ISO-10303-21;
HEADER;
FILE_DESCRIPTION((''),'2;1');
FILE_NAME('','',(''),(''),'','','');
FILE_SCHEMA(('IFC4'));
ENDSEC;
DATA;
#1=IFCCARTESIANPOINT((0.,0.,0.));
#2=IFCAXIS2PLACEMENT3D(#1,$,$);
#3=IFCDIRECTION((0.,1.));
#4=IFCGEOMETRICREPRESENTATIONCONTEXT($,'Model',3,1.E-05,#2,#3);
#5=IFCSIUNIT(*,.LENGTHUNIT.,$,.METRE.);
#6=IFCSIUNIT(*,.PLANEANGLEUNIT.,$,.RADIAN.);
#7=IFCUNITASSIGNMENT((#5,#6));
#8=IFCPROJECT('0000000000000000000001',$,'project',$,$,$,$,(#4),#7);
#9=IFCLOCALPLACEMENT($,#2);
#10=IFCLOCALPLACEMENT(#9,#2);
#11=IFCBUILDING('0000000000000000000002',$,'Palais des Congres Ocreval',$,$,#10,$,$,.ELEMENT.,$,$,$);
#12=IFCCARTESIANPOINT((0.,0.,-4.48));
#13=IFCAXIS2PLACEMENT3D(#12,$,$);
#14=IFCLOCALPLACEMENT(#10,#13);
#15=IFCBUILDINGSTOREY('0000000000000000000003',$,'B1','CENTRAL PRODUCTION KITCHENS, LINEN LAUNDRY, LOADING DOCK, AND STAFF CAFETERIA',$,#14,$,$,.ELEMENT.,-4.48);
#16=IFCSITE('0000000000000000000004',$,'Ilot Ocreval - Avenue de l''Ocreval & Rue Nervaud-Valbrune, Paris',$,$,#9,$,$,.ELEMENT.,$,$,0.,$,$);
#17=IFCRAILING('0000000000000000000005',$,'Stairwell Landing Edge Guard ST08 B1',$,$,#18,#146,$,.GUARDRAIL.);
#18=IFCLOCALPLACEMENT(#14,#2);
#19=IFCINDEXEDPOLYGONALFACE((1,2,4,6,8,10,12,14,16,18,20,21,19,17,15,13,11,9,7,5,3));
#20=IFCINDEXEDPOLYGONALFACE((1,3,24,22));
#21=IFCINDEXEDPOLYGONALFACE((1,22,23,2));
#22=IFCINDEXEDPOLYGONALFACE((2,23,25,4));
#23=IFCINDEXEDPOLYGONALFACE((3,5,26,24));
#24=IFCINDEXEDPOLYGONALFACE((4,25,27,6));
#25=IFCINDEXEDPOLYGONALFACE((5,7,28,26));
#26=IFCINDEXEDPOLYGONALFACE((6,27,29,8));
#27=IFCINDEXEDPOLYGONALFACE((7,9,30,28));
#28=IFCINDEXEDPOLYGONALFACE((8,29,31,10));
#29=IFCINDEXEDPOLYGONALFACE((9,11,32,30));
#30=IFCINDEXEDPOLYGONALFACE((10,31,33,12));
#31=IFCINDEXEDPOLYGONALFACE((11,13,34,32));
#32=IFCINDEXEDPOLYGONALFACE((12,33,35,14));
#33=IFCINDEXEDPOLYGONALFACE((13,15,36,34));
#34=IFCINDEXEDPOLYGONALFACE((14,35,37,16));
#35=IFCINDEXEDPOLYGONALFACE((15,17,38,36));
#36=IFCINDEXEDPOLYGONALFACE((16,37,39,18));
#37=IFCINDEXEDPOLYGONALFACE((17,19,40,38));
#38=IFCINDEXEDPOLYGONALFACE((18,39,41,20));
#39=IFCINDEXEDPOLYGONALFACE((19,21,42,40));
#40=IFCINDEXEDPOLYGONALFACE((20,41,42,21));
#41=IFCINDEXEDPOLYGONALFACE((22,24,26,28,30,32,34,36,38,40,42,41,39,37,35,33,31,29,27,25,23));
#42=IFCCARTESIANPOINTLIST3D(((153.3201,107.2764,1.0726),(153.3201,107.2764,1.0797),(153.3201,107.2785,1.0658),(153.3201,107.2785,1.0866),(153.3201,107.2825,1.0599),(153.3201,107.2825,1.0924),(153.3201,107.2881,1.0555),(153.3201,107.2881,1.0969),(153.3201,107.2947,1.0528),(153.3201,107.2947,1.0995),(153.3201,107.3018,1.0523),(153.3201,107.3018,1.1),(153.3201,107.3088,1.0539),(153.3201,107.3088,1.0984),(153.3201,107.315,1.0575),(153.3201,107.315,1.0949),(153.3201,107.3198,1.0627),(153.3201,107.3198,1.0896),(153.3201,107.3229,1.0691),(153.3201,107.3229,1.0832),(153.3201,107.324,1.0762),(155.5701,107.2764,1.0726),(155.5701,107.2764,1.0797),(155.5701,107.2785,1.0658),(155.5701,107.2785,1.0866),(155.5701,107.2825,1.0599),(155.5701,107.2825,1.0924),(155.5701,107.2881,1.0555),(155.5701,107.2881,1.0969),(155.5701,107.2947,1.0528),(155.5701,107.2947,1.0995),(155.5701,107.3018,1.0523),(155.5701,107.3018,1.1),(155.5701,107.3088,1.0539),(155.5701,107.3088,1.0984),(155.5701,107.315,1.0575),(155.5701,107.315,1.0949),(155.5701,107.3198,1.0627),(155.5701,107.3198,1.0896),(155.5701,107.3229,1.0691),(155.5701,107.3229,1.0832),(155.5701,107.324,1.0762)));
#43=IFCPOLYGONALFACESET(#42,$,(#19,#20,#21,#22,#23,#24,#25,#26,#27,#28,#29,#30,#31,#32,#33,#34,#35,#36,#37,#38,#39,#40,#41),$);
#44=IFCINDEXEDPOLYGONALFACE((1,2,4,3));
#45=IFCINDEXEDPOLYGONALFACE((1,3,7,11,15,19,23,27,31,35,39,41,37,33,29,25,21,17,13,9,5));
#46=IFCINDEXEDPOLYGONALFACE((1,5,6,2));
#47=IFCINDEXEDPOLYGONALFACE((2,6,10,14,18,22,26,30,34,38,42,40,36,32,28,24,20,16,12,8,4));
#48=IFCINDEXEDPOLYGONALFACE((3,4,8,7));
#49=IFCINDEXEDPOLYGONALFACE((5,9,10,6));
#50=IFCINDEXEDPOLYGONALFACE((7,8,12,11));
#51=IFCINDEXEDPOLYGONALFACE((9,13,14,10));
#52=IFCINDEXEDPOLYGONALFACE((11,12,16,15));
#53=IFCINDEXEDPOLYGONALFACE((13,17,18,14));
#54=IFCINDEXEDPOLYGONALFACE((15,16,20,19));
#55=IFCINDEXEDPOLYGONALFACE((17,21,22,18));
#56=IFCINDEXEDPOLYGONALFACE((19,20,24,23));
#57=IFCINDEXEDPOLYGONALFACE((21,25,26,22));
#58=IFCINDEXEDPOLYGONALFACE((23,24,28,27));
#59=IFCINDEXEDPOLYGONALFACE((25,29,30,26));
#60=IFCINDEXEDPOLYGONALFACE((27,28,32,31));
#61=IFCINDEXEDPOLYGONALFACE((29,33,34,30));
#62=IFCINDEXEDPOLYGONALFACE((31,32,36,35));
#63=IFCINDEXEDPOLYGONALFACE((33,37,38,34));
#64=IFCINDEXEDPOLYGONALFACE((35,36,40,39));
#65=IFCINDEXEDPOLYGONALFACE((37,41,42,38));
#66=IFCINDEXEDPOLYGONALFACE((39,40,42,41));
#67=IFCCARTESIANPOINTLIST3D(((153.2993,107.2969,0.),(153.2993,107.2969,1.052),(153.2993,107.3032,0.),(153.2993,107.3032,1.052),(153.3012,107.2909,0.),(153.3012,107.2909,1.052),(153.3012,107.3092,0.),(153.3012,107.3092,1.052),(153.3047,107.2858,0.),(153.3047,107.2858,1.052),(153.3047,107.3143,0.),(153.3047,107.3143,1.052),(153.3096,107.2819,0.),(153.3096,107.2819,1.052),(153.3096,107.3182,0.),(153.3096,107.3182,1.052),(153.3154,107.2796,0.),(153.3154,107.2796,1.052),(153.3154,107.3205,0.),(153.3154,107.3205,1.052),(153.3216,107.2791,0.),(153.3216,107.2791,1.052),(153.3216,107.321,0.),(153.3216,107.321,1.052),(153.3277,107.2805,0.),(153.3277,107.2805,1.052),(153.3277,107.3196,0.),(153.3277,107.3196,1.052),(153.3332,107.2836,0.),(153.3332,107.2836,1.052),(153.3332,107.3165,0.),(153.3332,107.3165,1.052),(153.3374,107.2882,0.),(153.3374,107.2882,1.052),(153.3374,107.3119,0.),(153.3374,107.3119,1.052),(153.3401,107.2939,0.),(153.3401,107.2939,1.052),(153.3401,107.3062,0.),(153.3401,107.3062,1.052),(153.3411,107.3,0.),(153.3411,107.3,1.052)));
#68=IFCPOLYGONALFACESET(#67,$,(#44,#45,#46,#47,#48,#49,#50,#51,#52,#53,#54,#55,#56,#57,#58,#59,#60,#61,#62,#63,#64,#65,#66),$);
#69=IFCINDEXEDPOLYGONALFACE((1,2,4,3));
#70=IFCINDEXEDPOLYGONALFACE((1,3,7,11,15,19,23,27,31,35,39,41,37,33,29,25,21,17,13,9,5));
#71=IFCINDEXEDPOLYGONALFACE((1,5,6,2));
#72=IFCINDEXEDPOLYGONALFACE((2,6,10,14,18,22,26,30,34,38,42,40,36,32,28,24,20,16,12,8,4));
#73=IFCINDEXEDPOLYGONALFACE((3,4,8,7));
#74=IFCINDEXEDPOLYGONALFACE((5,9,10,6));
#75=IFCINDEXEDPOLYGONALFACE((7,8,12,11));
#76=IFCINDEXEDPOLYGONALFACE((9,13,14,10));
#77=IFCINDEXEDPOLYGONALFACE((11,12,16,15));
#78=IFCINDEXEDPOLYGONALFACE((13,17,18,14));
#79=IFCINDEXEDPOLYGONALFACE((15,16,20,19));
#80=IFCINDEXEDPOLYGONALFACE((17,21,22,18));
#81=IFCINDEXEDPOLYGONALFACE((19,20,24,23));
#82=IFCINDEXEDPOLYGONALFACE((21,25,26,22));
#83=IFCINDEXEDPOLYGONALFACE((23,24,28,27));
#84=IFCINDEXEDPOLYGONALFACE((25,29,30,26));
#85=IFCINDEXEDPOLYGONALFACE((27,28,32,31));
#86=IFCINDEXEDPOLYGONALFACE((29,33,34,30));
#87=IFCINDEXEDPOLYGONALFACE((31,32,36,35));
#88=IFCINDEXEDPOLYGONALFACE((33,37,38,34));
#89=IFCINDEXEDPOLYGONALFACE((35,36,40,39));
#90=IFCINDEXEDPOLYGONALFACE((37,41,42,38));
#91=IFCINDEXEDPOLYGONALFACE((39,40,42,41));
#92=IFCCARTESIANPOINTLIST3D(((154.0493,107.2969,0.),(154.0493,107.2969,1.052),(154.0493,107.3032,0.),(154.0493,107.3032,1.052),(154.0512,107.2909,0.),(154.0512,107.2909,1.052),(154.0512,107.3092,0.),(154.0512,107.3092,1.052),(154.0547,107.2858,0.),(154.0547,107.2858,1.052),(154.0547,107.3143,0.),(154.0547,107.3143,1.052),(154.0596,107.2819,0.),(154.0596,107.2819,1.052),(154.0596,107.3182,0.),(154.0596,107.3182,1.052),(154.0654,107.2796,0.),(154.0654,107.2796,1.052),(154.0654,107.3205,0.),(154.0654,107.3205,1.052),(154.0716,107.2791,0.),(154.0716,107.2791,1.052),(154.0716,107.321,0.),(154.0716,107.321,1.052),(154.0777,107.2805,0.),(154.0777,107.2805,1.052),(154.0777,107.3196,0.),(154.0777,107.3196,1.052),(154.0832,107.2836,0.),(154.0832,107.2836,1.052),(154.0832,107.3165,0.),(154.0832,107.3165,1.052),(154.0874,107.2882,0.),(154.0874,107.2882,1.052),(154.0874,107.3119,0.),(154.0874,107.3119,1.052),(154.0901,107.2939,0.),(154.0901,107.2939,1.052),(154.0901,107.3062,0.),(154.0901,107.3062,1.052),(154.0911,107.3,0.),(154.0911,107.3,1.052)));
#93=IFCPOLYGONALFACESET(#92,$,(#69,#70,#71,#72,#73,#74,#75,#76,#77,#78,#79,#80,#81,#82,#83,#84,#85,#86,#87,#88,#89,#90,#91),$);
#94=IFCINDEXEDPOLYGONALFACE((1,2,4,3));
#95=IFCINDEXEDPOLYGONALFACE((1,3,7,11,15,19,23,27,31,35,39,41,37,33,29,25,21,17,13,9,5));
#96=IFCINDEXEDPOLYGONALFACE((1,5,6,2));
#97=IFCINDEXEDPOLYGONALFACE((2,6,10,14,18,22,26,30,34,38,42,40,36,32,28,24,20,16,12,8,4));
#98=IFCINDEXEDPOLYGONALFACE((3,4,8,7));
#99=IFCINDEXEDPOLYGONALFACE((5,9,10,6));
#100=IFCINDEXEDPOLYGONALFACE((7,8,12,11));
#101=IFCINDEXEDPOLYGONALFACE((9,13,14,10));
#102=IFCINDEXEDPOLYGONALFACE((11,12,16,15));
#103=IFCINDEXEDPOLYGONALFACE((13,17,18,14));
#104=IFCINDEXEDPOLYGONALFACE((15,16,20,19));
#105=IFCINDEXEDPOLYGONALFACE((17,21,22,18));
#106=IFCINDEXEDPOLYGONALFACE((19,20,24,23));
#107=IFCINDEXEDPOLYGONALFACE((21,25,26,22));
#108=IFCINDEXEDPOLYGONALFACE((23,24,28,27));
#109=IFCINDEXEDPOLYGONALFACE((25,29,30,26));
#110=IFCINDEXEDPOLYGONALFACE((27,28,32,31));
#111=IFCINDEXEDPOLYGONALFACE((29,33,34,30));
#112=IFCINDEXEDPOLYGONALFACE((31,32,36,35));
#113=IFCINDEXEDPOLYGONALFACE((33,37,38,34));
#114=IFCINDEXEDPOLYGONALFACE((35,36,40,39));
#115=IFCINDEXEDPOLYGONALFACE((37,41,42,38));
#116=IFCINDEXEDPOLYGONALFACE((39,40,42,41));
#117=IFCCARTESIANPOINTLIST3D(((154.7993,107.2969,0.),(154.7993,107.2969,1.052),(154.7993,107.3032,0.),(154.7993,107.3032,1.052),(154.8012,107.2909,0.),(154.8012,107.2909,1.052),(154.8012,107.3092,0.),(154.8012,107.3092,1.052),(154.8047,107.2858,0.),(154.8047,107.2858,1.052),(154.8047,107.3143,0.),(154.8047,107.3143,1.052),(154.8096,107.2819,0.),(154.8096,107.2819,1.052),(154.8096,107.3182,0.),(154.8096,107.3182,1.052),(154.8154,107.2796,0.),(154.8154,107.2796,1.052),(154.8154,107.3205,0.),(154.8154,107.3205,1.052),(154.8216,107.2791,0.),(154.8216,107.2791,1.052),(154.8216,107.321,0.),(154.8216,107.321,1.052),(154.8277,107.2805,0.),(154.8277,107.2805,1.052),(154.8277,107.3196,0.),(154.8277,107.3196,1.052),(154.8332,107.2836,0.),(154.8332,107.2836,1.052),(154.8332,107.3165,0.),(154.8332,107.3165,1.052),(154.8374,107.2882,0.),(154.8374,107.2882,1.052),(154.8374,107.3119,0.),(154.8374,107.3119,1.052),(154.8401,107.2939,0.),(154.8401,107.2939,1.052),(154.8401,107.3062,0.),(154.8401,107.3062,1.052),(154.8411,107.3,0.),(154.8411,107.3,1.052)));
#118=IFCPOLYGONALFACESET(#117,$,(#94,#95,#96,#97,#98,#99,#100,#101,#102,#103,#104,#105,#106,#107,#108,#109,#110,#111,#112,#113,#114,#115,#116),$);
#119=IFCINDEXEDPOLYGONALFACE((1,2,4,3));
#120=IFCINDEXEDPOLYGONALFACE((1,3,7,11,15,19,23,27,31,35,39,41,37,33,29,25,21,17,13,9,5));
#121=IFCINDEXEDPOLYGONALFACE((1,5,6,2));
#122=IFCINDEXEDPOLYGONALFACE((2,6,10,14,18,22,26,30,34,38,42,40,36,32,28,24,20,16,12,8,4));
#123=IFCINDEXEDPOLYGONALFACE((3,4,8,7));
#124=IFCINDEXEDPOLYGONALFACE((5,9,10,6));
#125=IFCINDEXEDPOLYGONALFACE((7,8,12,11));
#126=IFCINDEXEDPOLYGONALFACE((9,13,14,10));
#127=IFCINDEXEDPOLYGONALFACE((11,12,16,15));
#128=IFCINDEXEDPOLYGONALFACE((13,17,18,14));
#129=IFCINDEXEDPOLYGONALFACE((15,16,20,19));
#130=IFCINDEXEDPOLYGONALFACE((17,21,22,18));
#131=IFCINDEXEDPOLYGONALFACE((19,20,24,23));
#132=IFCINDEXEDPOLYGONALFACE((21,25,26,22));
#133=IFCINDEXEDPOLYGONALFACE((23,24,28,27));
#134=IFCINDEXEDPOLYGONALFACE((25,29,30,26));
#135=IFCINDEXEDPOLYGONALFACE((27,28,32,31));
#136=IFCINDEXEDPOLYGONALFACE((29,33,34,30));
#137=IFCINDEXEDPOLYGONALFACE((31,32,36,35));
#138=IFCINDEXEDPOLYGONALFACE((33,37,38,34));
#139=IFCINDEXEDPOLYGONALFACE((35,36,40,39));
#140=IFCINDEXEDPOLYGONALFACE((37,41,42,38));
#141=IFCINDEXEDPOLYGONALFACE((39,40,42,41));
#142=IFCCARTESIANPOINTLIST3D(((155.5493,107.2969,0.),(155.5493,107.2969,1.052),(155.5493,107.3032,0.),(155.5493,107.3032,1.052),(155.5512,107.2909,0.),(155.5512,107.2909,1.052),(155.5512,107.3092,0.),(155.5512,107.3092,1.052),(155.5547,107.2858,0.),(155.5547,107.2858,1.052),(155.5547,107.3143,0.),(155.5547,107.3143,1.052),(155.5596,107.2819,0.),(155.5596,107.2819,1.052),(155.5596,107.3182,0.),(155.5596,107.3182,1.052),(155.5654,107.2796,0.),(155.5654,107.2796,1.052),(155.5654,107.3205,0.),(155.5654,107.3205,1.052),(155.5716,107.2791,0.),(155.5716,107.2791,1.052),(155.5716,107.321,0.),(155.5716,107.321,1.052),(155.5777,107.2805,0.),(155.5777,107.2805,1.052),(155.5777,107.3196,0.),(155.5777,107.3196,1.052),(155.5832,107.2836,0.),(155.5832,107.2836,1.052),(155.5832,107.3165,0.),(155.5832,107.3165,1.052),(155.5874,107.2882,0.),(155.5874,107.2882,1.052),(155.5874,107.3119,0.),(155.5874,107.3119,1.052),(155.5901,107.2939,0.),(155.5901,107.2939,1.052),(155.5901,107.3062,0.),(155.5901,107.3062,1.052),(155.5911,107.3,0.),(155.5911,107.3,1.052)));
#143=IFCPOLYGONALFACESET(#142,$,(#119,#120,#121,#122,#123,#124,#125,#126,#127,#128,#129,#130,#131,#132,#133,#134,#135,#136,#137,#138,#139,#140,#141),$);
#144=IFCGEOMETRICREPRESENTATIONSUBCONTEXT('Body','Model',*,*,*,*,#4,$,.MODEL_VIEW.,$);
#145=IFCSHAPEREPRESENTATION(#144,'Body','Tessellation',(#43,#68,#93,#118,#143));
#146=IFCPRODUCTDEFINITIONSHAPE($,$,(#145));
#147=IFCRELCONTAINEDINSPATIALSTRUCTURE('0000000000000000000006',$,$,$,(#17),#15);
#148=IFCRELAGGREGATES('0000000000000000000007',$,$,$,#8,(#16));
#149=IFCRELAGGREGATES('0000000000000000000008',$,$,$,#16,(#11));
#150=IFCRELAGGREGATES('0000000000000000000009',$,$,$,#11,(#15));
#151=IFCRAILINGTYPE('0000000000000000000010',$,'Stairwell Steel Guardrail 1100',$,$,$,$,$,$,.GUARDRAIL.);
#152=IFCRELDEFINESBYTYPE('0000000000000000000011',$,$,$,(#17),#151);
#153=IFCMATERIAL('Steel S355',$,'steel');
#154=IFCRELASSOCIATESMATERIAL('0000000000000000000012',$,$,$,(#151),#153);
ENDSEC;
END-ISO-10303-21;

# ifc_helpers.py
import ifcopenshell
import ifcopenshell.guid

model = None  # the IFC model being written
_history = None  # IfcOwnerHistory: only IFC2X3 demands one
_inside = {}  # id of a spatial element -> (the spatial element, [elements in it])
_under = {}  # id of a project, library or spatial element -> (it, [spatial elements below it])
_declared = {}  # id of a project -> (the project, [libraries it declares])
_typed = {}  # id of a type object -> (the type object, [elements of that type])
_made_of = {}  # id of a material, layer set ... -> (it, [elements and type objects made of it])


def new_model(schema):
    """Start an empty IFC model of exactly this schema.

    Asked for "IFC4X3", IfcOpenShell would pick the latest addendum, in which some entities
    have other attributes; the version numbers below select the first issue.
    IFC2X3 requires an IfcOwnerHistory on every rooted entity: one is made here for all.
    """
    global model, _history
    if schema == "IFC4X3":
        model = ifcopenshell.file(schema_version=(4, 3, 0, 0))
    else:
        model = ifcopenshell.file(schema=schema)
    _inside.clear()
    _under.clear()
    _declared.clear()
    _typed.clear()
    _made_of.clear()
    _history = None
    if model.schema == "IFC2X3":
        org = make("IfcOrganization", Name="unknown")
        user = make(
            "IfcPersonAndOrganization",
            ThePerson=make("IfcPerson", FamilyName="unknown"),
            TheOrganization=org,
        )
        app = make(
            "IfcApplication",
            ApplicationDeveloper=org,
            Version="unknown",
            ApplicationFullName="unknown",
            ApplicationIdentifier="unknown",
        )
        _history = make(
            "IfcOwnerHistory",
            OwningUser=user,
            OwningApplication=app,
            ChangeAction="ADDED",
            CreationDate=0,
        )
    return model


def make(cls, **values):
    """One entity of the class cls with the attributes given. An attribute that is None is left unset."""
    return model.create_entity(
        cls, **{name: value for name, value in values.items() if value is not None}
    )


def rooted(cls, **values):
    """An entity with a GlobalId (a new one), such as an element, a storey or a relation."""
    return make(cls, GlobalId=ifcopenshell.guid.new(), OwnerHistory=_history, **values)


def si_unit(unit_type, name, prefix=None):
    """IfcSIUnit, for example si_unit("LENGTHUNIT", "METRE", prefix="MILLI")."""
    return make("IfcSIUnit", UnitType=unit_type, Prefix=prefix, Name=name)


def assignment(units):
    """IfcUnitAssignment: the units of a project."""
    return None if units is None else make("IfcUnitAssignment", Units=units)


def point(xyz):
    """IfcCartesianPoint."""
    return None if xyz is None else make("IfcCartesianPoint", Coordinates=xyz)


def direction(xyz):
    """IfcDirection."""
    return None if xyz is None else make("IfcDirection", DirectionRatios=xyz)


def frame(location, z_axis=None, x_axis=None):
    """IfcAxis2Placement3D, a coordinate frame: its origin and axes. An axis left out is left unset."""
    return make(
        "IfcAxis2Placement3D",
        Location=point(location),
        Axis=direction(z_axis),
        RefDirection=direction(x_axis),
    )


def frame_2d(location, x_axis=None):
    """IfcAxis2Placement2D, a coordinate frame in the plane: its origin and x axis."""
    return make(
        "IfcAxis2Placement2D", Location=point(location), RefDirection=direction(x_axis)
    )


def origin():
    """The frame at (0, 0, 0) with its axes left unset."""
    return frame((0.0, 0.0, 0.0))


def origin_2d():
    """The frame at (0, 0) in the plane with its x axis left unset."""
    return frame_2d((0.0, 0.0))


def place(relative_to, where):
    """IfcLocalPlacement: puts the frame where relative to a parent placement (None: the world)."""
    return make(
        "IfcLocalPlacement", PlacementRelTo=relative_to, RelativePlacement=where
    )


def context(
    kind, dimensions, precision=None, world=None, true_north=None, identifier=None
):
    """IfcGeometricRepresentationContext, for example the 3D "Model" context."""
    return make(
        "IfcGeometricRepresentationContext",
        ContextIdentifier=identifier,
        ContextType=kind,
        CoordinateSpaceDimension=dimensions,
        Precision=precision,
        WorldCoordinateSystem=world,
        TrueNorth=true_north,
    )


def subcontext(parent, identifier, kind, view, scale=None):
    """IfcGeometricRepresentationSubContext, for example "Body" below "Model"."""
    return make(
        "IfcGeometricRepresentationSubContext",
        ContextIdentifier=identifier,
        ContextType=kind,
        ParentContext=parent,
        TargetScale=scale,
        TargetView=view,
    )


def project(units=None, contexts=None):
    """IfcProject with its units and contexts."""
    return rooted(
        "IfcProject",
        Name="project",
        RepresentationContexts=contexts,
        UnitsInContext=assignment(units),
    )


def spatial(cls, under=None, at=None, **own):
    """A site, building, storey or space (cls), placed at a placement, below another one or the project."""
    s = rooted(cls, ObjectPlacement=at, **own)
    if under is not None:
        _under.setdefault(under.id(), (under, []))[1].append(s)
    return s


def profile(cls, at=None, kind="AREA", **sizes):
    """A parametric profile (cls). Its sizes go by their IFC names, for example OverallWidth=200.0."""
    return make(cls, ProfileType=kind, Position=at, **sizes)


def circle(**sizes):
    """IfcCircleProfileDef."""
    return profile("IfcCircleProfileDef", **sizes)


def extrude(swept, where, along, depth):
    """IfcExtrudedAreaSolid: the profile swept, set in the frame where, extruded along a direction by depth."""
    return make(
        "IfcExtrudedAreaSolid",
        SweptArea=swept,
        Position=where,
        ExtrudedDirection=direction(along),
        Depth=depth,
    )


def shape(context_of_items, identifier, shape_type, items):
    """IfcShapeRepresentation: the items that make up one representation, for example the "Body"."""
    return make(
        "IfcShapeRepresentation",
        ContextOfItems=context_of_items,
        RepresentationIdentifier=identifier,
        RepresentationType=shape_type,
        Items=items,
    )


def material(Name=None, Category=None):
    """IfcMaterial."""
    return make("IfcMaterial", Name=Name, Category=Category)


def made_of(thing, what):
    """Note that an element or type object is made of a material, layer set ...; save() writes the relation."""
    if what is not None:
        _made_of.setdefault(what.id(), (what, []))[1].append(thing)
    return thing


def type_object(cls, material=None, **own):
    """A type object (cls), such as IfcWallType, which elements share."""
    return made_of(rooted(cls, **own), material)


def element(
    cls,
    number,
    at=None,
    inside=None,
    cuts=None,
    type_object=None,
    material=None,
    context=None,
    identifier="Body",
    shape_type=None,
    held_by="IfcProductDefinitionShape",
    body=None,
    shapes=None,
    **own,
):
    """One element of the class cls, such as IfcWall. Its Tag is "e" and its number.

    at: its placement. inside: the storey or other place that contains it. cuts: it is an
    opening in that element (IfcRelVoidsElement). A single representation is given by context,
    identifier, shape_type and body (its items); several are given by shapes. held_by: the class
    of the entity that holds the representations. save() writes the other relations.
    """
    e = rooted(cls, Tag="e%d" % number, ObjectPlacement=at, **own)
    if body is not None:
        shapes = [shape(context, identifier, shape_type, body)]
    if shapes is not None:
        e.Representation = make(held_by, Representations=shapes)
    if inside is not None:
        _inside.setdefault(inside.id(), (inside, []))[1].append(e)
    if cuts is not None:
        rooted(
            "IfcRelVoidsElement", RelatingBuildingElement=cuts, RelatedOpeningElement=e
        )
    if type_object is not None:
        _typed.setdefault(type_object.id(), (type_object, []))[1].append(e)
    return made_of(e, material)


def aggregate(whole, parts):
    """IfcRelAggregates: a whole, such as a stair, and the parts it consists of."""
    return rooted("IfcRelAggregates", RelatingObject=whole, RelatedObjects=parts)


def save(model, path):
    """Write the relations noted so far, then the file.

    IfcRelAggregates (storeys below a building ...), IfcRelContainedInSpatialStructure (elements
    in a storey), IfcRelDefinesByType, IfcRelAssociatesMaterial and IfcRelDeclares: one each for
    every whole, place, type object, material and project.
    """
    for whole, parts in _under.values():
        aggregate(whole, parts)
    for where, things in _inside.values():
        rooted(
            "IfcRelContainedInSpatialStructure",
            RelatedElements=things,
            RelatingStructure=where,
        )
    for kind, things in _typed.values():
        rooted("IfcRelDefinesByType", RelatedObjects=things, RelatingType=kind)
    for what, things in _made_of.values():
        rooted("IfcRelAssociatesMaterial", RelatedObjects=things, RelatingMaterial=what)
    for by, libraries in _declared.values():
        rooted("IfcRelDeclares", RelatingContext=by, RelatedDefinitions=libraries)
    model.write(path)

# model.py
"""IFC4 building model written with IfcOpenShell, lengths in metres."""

from ifc_helpers import new_model, si_unit, direction, frame, origin, origin_2d, place, context, subcontext, project, spatial, circle, extrude, material, type_object, element, save


model = new_model("IFC4")

# Units and contexts
model_context = context("Model", 3, precision=1e-05, world=origin(), true_north=direction((0.0, 1.0)))
body_context = subcontext(model_context, "Body", "Model", "MODEL_VIEW")
ifc_project = project(units=[si_unit("LENGTHUNIT", "METRE"), si_unit("PLANEANGLEUNIT", "RADIAN")], contexts=[model_context])

# Site, building, storey
site_placement = place(None, origin())
site = spatial("IfcSite", under=ifc_project, at=site_placement, Name="Ilot Ocreval - Avenue de l'Ocreval & Rue Nervaud-Valbrune, Paris", CompositionType="ELEMENT", RefElevation=0.0)
building_placement = place(site_placement, origin())
building = spatial("IfcBuilding", under=site, at=building_placement, Name="Palais des Congres Ocreval", CompositionType="ELEMENT")
storey_placement = place(building_placement, frame((0.0, 0.0, -4.48)))
storey = spatial("IfcBuildingStorey", under=building, at=storey_placement, Name="B1", Description="CENTRAL PRODUCTION KITCHENS, LINEN LAUNDRY, LOADING DOCK, AND STAFF CAFETERIA", CompositionType="ELEMENT", Elevation=-4.48)

# Shared definitions
ifc_material_1 = material(Name="Steel S355", Category="steel")

# Railing
railing_type_1 = type_object("IfcRailingType", Name="Stairwell Steel Guardrail 1100", PredefinedType="GUARDRAIL", material=ifc_material_1)
railing_1_placement = place(storey_placement, frame((153.3201, 107.3, 0.0)))
element("IfcRailing", 1, at=railing_1_placement, inside=storey, type_object=railing_type_1, Name="Stairwell Landing Edge Guard ST08 B1", PredefinedType="GUARDRAIL", context=body_context, shape_type="SweptSolid", body=[
    extrude(circle(Radius=0.0239, at=origin_2d()), frame((0.0, 0.0, 1.0762), z_axis=(1.0, 0.0, 0.0), x_axis=(0.0, 1.0, 0.0)), (0.0, 0.0, 1.0), 2.25),
    extrude(circle(Radius=0.021, at=origin_2d()), origin(), (0.0, 0.0, 1.0), 1.052),
    extrude(circle(Radius=0.021, at=origin_2d()), frame((0.75, 0.0, 0.0)), (0.0, 0.0, 1.0), 1.052),
    extrude(circle(Radius=0.021, at=origin_2d()), frame((1.5, 0.0, 0.0)), (0.0, 0.0, 1.0), 1.052),
    extrude(circle(Radius=0.021, at=origin_2d()), frame((2.25, 0.0, 0.0)), (0.0, 0.0, 1.0), 1.052),
])

save(model, "model.ifc")
